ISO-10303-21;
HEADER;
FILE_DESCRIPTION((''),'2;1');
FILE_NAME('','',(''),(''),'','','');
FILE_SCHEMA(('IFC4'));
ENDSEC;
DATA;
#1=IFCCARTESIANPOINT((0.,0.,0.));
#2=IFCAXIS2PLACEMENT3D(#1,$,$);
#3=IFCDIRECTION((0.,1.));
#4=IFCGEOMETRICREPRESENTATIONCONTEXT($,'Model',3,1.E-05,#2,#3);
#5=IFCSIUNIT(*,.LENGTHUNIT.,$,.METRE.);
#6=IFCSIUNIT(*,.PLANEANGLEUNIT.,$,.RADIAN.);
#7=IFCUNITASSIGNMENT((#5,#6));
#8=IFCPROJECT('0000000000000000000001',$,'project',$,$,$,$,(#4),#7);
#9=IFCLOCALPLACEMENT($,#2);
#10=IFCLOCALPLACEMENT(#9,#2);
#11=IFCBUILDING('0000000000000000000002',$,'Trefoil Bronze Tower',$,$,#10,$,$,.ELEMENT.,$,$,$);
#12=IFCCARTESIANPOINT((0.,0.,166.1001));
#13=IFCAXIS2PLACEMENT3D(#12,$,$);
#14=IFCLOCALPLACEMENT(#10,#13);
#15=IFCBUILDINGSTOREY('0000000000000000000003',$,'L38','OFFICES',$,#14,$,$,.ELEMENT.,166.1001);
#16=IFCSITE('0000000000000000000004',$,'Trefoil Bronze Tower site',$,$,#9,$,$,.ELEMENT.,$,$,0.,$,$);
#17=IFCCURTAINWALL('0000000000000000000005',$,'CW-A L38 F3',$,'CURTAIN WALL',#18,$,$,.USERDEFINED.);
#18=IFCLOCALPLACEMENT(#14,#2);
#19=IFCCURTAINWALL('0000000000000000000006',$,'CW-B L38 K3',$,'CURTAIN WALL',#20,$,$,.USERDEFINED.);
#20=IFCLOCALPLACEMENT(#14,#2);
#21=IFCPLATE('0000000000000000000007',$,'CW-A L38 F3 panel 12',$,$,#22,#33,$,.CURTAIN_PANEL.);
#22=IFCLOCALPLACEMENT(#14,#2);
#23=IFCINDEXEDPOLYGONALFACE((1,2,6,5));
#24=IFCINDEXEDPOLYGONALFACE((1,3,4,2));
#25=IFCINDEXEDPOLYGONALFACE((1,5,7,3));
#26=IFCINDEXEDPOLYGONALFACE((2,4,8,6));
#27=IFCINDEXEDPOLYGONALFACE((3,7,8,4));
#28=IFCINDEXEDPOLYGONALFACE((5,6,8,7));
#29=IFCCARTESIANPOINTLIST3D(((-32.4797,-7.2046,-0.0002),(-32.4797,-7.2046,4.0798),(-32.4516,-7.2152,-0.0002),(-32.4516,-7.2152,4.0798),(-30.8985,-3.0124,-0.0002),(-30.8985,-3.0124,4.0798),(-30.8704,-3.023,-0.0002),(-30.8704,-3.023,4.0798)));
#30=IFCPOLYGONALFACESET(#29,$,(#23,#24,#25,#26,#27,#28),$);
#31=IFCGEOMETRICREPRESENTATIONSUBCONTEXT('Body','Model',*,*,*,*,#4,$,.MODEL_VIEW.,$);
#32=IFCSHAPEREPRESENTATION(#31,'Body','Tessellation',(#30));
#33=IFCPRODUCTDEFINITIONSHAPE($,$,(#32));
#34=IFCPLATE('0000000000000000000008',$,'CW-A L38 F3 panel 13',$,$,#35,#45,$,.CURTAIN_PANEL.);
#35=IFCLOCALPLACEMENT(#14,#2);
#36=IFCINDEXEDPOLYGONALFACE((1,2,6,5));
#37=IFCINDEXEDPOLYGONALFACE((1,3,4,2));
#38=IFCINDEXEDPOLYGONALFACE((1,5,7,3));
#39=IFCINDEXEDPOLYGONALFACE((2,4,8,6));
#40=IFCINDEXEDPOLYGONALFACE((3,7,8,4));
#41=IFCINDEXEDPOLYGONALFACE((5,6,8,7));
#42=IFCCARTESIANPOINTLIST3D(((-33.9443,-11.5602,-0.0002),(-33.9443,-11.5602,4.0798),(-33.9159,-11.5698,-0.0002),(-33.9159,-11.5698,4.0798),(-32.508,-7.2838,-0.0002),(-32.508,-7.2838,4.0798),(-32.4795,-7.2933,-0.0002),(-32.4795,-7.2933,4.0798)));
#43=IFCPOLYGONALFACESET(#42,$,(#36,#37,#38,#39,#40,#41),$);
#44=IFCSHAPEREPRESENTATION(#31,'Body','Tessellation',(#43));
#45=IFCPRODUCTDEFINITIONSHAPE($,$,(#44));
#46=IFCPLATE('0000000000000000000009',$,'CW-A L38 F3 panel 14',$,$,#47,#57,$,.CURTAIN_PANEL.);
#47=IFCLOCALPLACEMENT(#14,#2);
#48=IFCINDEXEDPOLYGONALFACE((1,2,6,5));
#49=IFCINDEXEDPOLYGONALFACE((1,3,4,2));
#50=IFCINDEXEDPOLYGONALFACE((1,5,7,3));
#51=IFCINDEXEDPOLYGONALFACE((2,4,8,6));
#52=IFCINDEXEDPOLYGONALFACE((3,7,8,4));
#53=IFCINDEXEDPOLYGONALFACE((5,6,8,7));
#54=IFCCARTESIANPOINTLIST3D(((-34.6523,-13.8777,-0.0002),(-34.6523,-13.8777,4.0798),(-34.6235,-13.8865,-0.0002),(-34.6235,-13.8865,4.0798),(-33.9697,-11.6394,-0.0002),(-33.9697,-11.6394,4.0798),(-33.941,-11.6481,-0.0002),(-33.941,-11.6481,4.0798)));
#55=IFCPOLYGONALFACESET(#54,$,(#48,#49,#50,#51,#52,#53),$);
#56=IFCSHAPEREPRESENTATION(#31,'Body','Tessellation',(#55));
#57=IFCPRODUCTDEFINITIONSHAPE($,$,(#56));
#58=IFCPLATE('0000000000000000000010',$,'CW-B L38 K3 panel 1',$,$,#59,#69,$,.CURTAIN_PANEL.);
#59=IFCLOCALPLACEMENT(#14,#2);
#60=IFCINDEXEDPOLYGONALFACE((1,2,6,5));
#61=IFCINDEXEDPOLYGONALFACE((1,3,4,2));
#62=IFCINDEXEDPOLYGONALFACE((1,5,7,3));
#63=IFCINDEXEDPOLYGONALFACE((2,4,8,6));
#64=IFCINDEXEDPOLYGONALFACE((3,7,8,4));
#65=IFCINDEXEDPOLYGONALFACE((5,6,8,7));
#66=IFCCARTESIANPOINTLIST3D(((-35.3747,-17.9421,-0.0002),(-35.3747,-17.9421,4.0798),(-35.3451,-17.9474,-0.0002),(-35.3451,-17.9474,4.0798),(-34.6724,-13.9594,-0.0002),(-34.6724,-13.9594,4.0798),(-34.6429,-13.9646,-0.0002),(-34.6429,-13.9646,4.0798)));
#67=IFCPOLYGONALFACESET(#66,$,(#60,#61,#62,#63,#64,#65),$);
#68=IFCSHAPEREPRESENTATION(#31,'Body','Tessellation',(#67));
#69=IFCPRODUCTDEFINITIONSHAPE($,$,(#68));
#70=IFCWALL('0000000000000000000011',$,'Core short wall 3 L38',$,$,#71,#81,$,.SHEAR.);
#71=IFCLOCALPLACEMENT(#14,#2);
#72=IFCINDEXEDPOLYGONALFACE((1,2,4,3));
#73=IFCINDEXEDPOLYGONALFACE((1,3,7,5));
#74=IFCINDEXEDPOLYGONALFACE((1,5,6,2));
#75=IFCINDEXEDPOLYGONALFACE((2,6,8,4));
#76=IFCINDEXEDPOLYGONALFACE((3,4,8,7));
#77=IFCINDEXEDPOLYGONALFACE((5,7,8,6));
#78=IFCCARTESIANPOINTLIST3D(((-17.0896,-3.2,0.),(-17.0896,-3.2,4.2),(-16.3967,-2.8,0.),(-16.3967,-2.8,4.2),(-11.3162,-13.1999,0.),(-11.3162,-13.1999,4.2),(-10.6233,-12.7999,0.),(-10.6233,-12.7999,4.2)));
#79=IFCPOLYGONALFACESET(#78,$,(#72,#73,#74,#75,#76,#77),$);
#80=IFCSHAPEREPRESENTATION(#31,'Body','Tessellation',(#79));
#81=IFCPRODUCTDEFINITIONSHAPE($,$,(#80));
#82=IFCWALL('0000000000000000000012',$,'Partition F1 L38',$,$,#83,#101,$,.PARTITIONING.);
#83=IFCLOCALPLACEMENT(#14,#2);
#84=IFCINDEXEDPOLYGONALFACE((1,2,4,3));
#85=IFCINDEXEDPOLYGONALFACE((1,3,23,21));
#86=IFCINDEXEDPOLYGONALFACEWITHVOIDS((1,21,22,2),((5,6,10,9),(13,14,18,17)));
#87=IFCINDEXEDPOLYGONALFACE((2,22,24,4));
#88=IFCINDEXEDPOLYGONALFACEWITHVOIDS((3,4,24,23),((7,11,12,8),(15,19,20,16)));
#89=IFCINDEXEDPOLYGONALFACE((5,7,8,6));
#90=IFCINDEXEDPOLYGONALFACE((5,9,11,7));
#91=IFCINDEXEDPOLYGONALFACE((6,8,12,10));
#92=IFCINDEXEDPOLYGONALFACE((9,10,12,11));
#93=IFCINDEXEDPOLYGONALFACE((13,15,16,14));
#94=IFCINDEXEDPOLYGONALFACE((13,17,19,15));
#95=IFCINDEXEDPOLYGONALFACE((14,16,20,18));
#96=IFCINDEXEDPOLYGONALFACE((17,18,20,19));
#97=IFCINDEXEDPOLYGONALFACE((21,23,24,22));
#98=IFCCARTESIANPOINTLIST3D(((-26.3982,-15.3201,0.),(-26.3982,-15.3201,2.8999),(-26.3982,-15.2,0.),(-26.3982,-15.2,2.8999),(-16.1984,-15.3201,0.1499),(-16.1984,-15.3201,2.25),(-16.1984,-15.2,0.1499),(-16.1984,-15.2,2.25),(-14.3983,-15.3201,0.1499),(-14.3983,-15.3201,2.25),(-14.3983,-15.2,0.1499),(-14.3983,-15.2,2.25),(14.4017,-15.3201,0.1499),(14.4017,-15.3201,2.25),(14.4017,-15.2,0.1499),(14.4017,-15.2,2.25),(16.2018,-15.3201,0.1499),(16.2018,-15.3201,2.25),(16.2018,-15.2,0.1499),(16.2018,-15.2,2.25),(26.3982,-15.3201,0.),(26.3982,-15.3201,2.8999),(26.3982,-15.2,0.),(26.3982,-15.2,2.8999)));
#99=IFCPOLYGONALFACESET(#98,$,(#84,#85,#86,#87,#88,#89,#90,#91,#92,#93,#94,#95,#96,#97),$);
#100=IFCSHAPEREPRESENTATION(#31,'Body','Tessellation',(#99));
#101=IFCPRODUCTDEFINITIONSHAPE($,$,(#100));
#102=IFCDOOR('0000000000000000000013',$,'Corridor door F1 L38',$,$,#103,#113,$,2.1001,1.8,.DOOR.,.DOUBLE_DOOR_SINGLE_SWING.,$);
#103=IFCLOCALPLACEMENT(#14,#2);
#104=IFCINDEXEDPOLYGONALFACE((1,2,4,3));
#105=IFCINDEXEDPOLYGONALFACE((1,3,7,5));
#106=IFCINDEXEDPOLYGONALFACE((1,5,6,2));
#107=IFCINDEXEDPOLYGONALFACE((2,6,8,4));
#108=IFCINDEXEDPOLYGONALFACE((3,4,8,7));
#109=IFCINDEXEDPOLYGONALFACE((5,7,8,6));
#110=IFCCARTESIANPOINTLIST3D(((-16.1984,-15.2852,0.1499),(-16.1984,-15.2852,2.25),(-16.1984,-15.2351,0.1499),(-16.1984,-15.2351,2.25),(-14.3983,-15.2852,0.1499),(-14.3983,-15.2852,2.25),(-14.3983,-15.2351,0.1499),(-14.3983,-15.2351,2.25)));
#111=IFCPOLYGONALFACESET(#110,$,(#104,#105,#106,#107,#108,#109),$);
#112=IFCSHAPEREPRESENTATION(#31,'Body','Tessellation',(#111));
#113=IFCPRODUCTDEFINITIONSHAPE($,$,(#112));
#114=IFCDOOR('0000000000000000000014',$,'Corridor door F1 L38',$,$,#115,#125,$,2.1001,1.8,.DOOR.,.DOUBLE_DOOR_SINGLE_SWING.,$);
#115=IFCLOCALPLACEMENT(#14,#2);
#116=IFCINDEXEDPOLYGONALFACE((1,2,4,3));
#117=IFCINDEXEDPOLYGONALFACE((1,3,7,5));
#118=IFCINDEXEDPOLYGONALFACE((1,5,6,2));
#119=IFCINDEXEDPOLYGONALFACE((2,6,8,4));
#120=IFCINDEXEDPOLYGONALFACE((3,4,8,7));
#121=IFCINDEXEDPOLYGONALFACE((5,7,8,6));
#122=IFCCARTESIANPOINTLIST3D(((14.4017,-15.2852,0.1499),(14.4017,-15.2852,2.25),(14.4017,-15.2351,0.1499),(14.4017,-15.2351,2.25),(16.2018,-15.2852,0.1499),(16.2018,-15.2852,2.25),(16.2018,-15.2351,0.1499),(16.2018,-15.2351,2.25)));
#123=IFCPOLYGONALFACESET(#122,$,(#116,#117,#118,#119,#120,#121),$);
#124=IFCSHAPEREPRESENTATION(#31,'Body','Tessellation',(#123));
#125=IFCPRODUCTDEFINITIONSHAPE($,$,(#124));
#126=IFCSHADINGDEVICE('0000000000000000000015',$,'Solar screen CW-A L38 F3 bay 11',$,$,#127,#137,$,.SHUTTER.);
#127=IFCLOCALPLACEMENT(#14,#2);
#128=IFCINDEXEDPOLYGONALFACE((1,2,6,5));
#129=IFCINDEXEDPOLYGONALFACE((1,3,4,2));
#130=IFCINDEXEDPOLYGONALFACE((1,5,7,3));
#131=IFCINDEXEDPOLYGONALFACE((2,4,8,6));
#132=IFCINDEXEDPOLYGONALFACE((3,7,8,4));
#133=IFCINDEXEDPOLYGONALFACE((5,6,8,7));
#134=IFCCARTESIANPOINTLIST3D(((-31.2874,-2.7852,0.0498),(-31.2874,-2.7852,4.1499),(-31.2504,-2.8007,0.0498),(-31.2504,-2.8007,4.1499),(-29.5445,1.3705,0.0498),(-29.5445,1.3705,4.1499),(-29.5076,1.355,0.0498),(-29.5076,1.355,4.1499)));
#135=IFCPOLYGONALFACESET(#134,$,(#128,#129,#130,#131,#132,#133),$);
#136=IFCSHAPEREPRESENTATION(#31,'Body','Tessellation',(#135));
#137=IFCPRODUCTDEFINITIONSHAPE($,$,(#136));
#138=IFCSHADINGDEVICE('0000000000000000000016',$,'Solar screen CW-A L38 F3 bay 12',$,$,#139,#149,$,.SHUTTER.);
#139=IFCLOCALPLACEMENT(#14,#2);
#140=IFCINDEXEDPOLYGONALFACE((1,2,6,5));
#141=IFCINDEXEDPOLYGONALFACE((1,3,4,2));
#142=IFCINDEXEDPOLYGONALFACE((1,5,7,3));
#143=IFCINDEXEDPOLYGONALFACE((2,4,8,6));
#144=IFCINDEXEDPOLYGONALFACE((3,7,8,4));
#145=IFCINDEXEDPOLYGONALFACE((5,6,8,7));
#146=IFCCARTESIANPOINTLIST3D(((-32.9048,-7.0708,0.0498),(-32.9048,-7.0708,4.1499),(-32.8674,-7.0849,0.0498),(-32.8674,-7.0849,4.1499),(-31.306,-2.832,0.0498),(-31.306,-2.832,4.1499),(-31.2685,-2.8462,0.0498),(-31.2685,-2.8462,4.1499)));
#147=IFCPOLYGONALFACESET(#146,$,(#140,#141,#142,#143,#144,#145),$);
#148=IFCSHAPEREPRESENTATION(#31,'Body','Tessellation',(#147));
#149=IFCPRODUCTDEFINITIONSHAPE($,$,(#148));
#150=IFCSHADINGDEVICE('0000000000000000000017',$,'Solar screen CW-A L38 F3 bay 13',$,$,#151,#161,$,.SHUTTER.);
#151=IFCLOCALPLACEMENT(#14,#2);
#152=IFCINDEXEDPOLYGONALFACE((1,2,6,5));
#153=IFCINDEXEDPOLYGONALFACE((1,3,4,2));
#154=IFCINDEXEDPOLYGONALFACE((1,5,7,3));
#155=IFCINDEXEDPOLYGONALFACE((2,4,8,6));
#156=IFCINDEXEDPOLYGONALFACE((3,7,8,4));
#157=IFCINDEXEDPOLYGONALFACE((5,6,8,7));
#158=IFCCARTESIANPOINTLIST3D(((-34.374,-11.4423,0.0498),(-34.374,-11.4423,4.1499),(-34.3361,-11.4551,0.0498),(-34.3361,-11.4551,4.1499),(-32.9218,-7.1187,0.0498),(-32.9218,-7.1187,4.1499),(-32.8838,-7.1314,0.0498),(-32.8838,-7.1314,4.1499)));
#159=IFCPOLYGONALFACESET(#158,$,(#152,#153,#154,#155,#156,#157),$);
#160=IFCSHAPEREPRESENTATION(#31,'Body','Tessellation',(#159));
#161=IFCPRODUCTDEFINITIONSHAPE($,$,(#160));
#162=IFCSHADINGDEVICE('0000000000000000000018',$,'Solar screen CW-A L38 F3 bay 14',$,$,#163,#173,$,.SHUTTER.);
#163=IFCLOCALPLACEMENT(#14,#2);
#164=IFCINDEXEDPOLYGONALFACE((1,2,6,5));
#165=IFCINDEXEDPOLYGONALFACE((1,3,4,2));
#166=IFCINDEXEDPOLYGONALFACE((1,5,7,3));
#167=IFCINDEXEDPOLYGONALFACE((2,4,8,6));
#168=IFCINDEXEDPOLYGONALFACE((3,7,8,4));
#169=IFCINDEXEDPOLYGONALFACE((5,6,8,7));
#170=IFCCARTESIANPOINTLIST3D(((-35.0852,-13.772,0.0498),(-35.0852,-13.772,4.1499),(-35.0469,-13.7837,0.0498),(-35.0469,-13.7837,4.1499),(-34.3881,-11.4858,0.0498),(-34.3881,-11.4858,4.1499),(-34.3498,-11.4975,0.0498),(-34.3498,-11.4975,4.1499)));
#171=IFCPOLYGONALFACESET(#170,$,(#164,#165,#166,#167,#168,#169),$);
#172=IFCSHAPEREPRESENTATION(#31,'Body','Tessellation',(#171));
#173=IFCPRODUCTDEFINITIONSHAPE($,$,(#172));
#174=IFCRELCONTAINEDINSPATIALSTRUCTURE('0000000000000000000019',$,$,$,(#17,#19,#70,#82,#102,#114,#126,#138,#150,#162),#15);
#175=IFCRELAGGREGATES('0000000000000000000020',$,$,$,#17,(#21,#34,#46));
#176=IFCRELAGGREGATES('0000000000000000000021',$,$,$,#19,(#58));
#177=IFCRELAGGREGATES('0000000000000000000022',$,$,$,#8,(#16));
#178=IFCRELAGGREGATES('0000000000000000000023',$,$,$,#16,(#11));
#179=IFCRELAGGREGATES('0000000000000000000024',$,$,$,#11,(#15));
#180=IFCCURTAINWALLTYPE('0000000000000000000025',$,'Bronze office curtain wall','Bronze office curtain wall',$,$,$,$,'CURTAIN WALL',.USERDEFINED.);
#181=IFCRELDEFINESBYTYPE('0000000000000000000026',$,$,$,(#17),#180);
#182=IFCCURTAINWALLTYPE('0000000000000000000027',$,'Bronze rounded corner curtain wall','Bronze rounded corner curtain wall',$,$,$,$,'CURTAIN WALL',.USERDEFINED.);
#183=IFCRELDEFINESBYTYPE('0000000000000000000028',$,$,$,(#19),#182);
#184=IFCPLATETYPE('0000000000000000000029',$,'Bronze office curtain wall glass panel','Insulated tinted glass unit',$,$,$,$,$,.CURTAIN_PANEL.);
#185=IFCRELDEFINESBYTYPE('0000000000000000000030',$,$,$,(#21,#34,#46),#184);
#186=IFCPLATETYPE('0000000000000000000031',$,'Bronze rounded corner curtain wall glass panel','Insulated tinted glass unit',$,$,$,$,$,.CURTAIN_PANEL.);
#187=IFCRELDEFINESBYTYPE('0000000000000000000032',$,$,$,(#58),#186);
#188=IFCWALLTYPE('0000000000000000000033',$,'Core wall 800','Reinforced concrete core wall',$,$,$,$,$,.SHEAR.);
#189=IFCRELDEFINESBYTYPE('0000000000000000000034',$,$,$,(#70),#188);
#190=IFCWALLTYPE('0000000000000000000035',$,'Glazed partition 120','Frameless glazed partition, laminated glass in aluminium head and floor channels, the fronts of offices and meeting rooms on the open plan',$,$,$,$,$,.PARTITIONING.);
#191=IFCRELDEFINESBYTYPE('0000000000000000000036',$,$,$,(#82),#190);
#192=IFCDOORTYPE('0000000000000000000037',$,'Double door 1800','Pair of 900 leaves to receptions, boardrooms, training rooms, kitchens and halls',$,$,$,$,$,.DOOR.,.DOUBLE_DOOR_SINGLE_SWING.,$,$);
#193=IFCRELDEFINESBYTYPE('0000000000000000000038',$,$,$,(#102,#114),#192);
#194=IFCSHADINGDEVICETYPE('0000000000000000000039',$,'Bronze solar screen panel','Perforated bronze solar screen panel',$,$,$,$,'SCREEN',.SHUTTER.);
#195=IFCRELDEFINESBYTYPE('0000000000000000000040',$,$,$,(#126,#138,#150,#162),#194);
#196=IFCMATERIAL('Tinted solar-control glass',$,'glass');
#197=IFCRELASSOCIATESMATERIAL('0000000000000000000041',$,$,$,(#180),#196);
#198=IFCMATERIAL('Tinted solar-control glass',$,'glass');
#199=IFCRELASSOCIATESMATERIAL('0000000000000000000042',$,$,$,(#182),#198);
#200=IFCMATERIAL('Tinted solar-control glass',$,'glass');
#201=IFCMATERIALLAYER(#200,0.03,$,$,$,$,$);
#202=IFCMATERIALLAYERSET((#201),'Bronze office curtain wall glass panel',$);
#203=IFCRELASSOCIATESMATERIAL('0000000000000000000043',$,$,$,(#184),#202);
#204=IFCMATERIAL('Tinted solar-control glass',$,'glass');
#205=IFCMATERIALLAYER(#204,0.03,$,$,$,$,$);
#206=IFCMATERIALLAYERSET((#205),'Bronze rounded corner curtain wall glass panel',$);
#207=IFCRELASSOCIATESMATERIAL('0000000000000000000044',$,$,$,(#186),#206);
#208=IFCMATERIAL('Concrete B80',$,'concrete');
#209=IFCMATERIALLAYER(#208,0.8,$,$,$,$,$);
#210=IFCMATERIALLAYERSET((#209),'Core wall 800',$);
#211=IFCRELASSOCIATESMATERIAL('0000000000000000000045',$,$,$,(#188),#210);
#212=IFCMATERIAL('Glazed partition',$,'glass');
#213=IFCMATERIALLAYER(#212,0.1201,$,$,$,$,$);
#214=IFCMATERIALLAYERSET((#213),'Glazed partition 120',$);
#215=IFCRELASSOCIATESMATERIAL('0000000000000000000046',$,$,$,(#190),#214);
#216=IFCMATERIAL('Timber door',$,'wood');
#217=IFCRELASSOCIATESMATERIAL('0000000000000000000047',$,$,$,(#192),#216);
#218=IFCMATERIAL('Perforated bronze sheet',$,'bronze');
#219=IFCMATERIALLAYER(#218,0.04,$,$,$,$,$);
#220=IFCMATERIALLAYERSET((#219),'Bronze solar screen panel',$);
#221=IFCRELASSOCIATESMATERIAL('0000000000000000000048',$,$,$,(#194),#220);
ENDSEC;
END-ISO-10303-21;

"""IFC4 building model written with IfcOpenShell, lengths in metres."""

from ifc_helpers import new_model, si_unit, direction, frame, frame_2d, origin, origin_2d, place, context, subcontext, project, spatial, rectangle, extrude, material, layer, layer_set, type_object, element, fill, aggregate, save


model = new_model("IFC4")

# Units and contexts
model_context = context("Model", 3, precision=1e-05, world=origin(), true_north=direction((0.0, 1.0)))
body_context = subcontext(model_context, "Body", "Model", "MODEL_VIEW")
ifc_project = project(units=[si_unit("LENGTHUNIT", "METRE"), si_unit("PLANEANGLEUNIT", "RADIAN")], contexts=[model_context])

# Site, building, storey
site_placement = place(None, origin())
site = spatial("IfcSite", under=ifc_project, at=site_placement, Name="Trefoil Bronze Tower site", CompositionType="ELEMENT", RefElevation=0.0)
building_placement = place(site_placement, origin())
building = spatial("IfcBuilding", under=site, at=building_placement, Name="Trefoil Bronze Tower", CompositionType="ELEMENT")
storey_placement = place(building_placement, frame((0.0, 0.0, 166.1001)))
storey = spatial("IfcBuildingStorey", under=building, at=storey_placement, Name="L38", Description="OFFICES", CompositionType="ELEMENT", Elevation=166.1001)

# Curtain walls
ifc_material_1 = material(Name="Tinted solar-control glass", Category="glass")
curtain_wall_type_1 = type_object("IfcCurtainWallType", Name="Bronze office curtain wall", Description="Bronze office curtain wall", ElementType="CURTAIN WALL", PredefinedType="USERDEFINED", material=ifc_material_1)
curtain_wall_1_placement = place(storey_placement, origin())
curtain_wall_1 = element("IfcCurtainWall", 1, at=curtain_wall_1_placement, inside=storey, type_object=curtain_wall_type_1, Name="CW-A L38 F3", ObjectType="CURTAIN WALL", PredefinedType="USERDEFINED")
ifc_material_2 = material(Name="Tinted solar-control glass", Category="glass")
curtain_wall_type_2 = type_object("IfcCurtainWallType", Name="Bronze rounded corner curtain wall", Description="Bronze rounded corner curtain wall", ElementType="CURTAIN WALL", PredefinedType="USERDEFINED", material=ifc_material_2)
curtain_wall_2_placement = place(storey_placement, origin())
curtain_wall_2 = element("IfcCurtainWall", 2, at=curtain_wall_2_placement, inside=storey, type_object=curtain_wall_type_2, Name="CW-B L38 K3", ObjectType="CURTAIN WALL", PredefinedType="USERDEFINED")

# Plates
ifc_material_3 = material(Name="Tinted solar-control glass", Category="glass")
ifc_layer_1 = layer(ifc_material_3, 0.03)
ifc_layer_set_1 = layer_set([ifc_layer_1], Name="Bronze office curtain wall glass panel")
plate_type_1 = type_object("IfcPlateType", Name="Bronze office curtain wall glass panel", Description="Insulated tinted glass unit", PredefinedType="CURTAIN_PANEL", material=ifc_layer_set_1)
plate_1_placement = place(storey_placement, frame((-31.675, -5.1138, -0.0002), z_axis=(0.0, 0.0, 1.0), x_axis=(-0.35292, -0.935654, 0.0)))
plate_1 = element("IfcPlate", 3, at=plate_1_placement, type_object=plate_type_1, Name="CW-A L38 F3 panel 12", PredefinedType="CURTAIN_PANEL", context=body_context, shape_type="SweptSolid", body=[
    extrude(rectangle(XDim=4.4805, YDim=0.03, at=origin_2d()), origin(), (0.0, 0.0, 1.0), 4.0801),
])
plate_2_placement = place(storey_placement, frame((-33.2119, -9.4268, -0.0002), z_axis=(0.0, 0.0, 1.0), x_axis=(-0.318404, -0.947955, 0.0)))
plate_2 = element("IfcPlate", 4, at=plate_2_placement, type_object=plate_type_1, Name="CW-A L38 F3 panel 13", PredefinedType="CURTAIN_PANEL", context=body_context, shape_type="SweptSolid", body=[
    extrude(rectangle(XDim=4.5112, YDim=0.03, at=origin_2d()), origin(), (0.0, 0.0, 1.0), 4.0801),
])
plate_3_placement = place(storey_placement, frame((-34.2966, -12.7629, -0.0002), z_axis=(0.0, 0.0, 1.0), x_axis=(-0.291669, -0.956519, 0.0)))
plate_3 = element("IfcPlate", 5, at=plate_3_placement, type_object=plate_type_1, Name="CW-A L38 F3 panel 14", PredefinedType="CURTAIN_PANEL", context=body_context, shape_type="SweptSolid", body=[
    extrude(rectangle(XDim=2.3401, YDim=0.03, at=origin_2d()), origin(), (0.0, 0.0, 1.0), 4.0801),
])
aggregate(curtain_wall_1, [plate_1, plate_2, plate_3])
ifc_material_4 = material(Name="Tinted solar-control glass", Category="glass")
ifc_layer_2 = layer(ifc_material_4, 0.03)
ifc_layer_set_2 = layer_set([ifc_layer_2], Name="Bronze rounded corner curtain wall glass panel")
plate_type_2 = type_object("IfcPlateType", Name="Bronze rounded corner curtain wall glass panel", Description="Insulated tinted glass unit", PredefinedType="CURTAIN_PANEL", material=ifc_layer_set_2)
plate_4_placement = place(storey_placement, frame((-35.0088, -15.9534, -0.0002), z_axis=(0.0, 0.0, 1.0), x_axis=(-0.173648, -0.984808, 0.0)))
plate_4 = element("IfcPlate", 6, at=plate_4_placement, type_object=plate_type_2, Name="CW-B L38 K3 panel 1", PredefinedType="CURTAIN_PANEL", context=body_context, shape_type="SweptSolid", body=[
    extrude(rectangle(XDim=4.0442, YDim=0.03, at=origin_2d()), origin(), (0.0, 0.0, 1.0), 4.0801),
])
aggregate(curtain_wall_2, [plate_4])

# Wall
ifc_material_5 = material(Name="Concrete B80", Category="concrete")
ifc_layer_3 = layer(ifc_material_5, 0.8)
ifc_layer_set_3 = layer_set([ifc_layer_3], Name="Core wall 800")
wall_type_1 = type_object("IfcWallType", Name="Core wall 800", Description="Reinforced concrete core wall", PredefinedType="SHEAR", material=ifc_layer_set_3)
wall_1_placement = place(storey_placement, frame((-16.7432, -3.0, 0.0), z_axis=(0.0, 0.0, 1.0), x_axis=(0.499996, -0.866028, 0.0)))
element("IfcWall", 7, at=wall_1_placement, inside=storey, type_object=wall_type_1, Name="Core short wall 3 L38", PredefinedType="SHEAR", context=body_context, shape_type="SweptSolid", body=[
    extrude(rectangle(XDim=11.5469, YDim=0.8, at=frame_2d((5.7734, 0.0))), origin(), (0.0, 0.0, 1.0), 4.2),
])

# Wall, openings, doors
ifc_material_6 = material(Name="Glazed partition", Category="glass")
ifc_layer_4 = layer(ifc_material_6, 0.1201)
ifc_layer_set_4 = layer_set([ifc_layer_4], Name="Glazed partition 120")
wall_type_2 = type_object("IfcWallType", Name="Glazed partition 120", Description="Frameless glazed partition, laminated glass in aluminium head and floor channels, the fronts of offices and meeting rooms on the open plan", PredefinedType="PARTITIONING", material=ifc_layer_set_4)
wall_2_placement = place(storey_placement, frame((-26.3982, -15.26, 0.0), z_axis=(0.0, 0.0, 1.0), x_axis=(1.0, 0.0, 0.0)))
wall_2 = element("IfcWall", 8, at=wall_2_placement, inside=storey, type_object=wall_type_2, Name="Partition F1 L38", PredefinedType="PARTITIONING", context=body_context, shape_type="SweptSolid", body=[
    extrude(rectangle(XDim=52.7964, YDim=0.1201, at=frame_2d((26.3982, 0.0))), origin(), (0.0, 0.0, 1.0), 2.8999),
])
opening_1_placement = place(wall_2_placement, frame((10.2, 0.0, 0.1499)))
opening_1 = element("IfcOpeningElement", 9, at=opening_1_placement, cuts=wall_2, PredefinedType="OPENING", context=body_context, shape_type="SweptSolid", body=[
    extrude(rectangle(XDim=1.8, YDim=2.1001, at=frame_2d((0.8999, 1.05))), frame((0.0, 0.0701, 0.0), z_axis=(0.0, -1.0, 0.0), x_axis=(1.0, 0.0, 0.0)), (0.0, 0.0, 1.0), 0.1401),
])
opening_2_placement = place(wall_2_placement, frame((40.8, 0.0, 0.1499)))
opening_2 = element("IfcOpeningElement", 10, at=opening_2_placement, cuts=wall_2, PredefinedType="OPENING", context=body_context, shape_type="SweptSolid", body=[
    extrude(rectangle(XDim=1.8, YDim=2.1001, at=frame_2d((0.8999, 1.05))), frame((0.0, 0.0701, 0.0), z_axis=(0.0, -1.0, 0.0), x_axis=(1.0, 0.0, 0.0)), (0.0, 0.0, 1.0), 0.1401),
])
ifc_material_7 = material(Name="Timber door", Category="wood")
door_type = type_object("IfcDoorType", Name="Double door 1800", Description="Pair of 900 leaves to receptions, boardrooms, training rooms, kitchens and halls", OperationType="DOUBLE_DOOR_SINGLE_SWING", PredefinedType="DOOR", material=ifc_material_7)
door_1_placement = place(opening_1_placement, origin())
door_1 = element("IfcDoor", 11, at=door_1_placement, inside=storey, type_object=door_type, Name="Corridor door F1 L38", OperationType="DOUBLE_DOOR_SINGLE_SWING", OverallHeight=2.1001, OverallWidth=1.8, PredefinedType="DOOR", context=body_context, shape_type="SweptSolid", body=[
    extrude(rectangle(XDim=1.8, YDim=2.1001, at=frame_2d((0.8999, 1.05))), frame((0.0, 0.0249, 0.0), z_axis=(0.0, -1.0, 0.0), x_axis=(1.0, 0.0, 0.0)), (0.0, 0.0, 1.0), 0.05),
])
fill(opening_1, door_1)
door_2_placement = place(opening_2_placement, origin())
door_2 = element("IfcDoor", 12, at=door_2_placement, inside=storey, type_object=door_type, Name="Corridor door F1 L38", OperationType="DOUBLE_DOOR_SINGLE_SWING", OverallHeight=2.1001, OverallWidth=1.8, PredefinedType="DOOR", context=body_context, shape_type="SweptSolid", body=[
    extrude(rectangle(XDim=1.8, YDim=2.1001, at=frame_2d((0.8999, 1.05))), frame((0.0, 0.0249, 0.0), z_axis=(0.0, -1.0, 0.0), x_axis=(1.0, 0.0, 0.0)), (0.0, 0.0, 1.0), 0.05),
])
fill(opening_2, door_2)

# Shading devices
ifc_material_8 = material(Name="Perforated bronze sheet", Category="bronze")
ifc_layer_5 = layer(ifc_material_8, 0.04)
ifc_layer_set_5 = layer_set([ifc_layer_5], Name="Bronze solar screen panel")
shading_device_type = type_object("IfcShadingDeviceType", Name="Bronze solar screen panel", Description="Perforated bronze solar screen panel", ElementType="SCREEN", PredefinedType="SHUTTER", material=ifc_layer_set_5)
shading_device_1_placement = place(storey_placement, frame((-30.3975, -0.7151, 0.0498), z_axis=(0.0, 0.0, 1.0), x_axis=(-0.386759, -0.922181, 0.0)))
element("IfcShadingDevice", 13, at=shading_device_1_placement, inside=storey, type_object=shading_device_type, Name="Solar screen CW-A L38 F3 bay 11", PredefinedType="SHUTTER", context=body_context, shape_type="SweptSolid", body=[
    extrude(rectangle(XDim=4.5063, YDim=0.04, at=origin_2d()), origin(), (0.0, 0.0, 1.0), 4.1001),
])
shading_device_2_placement = place(storey_placement, frame((-32.0867, -4.9585, 0.0498), z_axis=(0.0, 0.0, 1.0), x_axis=(-0.35292, -0.935654, 0.0)))
element("IfcShadingDevice", 14, at=shading_device_2_placement, inside=storey, type_object=shading_device_type, Name="Solar screen CW-A L38 F3 bay 12", PredefinedType="SHUTTER", context=body_context, shape_type="SweptSolid", body=[
    extrude(rectangle(XDim=4.5303, YDim=0.04, at=origin_2d()), origin(), (0.0, 0.0, 1.0), 4.1001),
])
shading_device_3_placement = place(storey_placement, frame((-33.6289, -9.2869, 0.0498), z_axis=(0.0, 0.0, 1.0), x_axis=(-0.318404, -0.947955, 0.0)))
element("IfcShadingDevice", 15, at=shading_device_3_placement, inside=storey, type_object=shading_device_type, Name="Solar screen CW-A L38 F3 bay 13", PredefinedType="SHUTTER", context=body_context, shape_type="SweptSolid", body=[
    extrude(rectangle(XDim=4.561, YDim=0.04, at=origin_2d()), origin(), (0.0, 0.0, 1.0), 4.1001),
])
shading_device_4_placement = place(storey_placement, frame((-34.7175, -12.6348, 0.0498), z_axis=(0.0, 0.0, 1.0), x_axis=(-0.291669, -0.956519, 0.0)))
element("IfcShadingDevice", 16, at=shading_device_4_placement, inside=storey, type_object=shading_device_type, Name="Solar screen CW-A L38 F3 bay 14", PredefinedType="SHUTTER", context=body_context, shape_type="SweptSolid", body=[
    extrude(rectangle(XDim=2.3901, YDim=0.04, at=origin_2d()), origin(), (0.0, 0.0, 1.0), 4.1001),
])

save(model, "model.ifc")
